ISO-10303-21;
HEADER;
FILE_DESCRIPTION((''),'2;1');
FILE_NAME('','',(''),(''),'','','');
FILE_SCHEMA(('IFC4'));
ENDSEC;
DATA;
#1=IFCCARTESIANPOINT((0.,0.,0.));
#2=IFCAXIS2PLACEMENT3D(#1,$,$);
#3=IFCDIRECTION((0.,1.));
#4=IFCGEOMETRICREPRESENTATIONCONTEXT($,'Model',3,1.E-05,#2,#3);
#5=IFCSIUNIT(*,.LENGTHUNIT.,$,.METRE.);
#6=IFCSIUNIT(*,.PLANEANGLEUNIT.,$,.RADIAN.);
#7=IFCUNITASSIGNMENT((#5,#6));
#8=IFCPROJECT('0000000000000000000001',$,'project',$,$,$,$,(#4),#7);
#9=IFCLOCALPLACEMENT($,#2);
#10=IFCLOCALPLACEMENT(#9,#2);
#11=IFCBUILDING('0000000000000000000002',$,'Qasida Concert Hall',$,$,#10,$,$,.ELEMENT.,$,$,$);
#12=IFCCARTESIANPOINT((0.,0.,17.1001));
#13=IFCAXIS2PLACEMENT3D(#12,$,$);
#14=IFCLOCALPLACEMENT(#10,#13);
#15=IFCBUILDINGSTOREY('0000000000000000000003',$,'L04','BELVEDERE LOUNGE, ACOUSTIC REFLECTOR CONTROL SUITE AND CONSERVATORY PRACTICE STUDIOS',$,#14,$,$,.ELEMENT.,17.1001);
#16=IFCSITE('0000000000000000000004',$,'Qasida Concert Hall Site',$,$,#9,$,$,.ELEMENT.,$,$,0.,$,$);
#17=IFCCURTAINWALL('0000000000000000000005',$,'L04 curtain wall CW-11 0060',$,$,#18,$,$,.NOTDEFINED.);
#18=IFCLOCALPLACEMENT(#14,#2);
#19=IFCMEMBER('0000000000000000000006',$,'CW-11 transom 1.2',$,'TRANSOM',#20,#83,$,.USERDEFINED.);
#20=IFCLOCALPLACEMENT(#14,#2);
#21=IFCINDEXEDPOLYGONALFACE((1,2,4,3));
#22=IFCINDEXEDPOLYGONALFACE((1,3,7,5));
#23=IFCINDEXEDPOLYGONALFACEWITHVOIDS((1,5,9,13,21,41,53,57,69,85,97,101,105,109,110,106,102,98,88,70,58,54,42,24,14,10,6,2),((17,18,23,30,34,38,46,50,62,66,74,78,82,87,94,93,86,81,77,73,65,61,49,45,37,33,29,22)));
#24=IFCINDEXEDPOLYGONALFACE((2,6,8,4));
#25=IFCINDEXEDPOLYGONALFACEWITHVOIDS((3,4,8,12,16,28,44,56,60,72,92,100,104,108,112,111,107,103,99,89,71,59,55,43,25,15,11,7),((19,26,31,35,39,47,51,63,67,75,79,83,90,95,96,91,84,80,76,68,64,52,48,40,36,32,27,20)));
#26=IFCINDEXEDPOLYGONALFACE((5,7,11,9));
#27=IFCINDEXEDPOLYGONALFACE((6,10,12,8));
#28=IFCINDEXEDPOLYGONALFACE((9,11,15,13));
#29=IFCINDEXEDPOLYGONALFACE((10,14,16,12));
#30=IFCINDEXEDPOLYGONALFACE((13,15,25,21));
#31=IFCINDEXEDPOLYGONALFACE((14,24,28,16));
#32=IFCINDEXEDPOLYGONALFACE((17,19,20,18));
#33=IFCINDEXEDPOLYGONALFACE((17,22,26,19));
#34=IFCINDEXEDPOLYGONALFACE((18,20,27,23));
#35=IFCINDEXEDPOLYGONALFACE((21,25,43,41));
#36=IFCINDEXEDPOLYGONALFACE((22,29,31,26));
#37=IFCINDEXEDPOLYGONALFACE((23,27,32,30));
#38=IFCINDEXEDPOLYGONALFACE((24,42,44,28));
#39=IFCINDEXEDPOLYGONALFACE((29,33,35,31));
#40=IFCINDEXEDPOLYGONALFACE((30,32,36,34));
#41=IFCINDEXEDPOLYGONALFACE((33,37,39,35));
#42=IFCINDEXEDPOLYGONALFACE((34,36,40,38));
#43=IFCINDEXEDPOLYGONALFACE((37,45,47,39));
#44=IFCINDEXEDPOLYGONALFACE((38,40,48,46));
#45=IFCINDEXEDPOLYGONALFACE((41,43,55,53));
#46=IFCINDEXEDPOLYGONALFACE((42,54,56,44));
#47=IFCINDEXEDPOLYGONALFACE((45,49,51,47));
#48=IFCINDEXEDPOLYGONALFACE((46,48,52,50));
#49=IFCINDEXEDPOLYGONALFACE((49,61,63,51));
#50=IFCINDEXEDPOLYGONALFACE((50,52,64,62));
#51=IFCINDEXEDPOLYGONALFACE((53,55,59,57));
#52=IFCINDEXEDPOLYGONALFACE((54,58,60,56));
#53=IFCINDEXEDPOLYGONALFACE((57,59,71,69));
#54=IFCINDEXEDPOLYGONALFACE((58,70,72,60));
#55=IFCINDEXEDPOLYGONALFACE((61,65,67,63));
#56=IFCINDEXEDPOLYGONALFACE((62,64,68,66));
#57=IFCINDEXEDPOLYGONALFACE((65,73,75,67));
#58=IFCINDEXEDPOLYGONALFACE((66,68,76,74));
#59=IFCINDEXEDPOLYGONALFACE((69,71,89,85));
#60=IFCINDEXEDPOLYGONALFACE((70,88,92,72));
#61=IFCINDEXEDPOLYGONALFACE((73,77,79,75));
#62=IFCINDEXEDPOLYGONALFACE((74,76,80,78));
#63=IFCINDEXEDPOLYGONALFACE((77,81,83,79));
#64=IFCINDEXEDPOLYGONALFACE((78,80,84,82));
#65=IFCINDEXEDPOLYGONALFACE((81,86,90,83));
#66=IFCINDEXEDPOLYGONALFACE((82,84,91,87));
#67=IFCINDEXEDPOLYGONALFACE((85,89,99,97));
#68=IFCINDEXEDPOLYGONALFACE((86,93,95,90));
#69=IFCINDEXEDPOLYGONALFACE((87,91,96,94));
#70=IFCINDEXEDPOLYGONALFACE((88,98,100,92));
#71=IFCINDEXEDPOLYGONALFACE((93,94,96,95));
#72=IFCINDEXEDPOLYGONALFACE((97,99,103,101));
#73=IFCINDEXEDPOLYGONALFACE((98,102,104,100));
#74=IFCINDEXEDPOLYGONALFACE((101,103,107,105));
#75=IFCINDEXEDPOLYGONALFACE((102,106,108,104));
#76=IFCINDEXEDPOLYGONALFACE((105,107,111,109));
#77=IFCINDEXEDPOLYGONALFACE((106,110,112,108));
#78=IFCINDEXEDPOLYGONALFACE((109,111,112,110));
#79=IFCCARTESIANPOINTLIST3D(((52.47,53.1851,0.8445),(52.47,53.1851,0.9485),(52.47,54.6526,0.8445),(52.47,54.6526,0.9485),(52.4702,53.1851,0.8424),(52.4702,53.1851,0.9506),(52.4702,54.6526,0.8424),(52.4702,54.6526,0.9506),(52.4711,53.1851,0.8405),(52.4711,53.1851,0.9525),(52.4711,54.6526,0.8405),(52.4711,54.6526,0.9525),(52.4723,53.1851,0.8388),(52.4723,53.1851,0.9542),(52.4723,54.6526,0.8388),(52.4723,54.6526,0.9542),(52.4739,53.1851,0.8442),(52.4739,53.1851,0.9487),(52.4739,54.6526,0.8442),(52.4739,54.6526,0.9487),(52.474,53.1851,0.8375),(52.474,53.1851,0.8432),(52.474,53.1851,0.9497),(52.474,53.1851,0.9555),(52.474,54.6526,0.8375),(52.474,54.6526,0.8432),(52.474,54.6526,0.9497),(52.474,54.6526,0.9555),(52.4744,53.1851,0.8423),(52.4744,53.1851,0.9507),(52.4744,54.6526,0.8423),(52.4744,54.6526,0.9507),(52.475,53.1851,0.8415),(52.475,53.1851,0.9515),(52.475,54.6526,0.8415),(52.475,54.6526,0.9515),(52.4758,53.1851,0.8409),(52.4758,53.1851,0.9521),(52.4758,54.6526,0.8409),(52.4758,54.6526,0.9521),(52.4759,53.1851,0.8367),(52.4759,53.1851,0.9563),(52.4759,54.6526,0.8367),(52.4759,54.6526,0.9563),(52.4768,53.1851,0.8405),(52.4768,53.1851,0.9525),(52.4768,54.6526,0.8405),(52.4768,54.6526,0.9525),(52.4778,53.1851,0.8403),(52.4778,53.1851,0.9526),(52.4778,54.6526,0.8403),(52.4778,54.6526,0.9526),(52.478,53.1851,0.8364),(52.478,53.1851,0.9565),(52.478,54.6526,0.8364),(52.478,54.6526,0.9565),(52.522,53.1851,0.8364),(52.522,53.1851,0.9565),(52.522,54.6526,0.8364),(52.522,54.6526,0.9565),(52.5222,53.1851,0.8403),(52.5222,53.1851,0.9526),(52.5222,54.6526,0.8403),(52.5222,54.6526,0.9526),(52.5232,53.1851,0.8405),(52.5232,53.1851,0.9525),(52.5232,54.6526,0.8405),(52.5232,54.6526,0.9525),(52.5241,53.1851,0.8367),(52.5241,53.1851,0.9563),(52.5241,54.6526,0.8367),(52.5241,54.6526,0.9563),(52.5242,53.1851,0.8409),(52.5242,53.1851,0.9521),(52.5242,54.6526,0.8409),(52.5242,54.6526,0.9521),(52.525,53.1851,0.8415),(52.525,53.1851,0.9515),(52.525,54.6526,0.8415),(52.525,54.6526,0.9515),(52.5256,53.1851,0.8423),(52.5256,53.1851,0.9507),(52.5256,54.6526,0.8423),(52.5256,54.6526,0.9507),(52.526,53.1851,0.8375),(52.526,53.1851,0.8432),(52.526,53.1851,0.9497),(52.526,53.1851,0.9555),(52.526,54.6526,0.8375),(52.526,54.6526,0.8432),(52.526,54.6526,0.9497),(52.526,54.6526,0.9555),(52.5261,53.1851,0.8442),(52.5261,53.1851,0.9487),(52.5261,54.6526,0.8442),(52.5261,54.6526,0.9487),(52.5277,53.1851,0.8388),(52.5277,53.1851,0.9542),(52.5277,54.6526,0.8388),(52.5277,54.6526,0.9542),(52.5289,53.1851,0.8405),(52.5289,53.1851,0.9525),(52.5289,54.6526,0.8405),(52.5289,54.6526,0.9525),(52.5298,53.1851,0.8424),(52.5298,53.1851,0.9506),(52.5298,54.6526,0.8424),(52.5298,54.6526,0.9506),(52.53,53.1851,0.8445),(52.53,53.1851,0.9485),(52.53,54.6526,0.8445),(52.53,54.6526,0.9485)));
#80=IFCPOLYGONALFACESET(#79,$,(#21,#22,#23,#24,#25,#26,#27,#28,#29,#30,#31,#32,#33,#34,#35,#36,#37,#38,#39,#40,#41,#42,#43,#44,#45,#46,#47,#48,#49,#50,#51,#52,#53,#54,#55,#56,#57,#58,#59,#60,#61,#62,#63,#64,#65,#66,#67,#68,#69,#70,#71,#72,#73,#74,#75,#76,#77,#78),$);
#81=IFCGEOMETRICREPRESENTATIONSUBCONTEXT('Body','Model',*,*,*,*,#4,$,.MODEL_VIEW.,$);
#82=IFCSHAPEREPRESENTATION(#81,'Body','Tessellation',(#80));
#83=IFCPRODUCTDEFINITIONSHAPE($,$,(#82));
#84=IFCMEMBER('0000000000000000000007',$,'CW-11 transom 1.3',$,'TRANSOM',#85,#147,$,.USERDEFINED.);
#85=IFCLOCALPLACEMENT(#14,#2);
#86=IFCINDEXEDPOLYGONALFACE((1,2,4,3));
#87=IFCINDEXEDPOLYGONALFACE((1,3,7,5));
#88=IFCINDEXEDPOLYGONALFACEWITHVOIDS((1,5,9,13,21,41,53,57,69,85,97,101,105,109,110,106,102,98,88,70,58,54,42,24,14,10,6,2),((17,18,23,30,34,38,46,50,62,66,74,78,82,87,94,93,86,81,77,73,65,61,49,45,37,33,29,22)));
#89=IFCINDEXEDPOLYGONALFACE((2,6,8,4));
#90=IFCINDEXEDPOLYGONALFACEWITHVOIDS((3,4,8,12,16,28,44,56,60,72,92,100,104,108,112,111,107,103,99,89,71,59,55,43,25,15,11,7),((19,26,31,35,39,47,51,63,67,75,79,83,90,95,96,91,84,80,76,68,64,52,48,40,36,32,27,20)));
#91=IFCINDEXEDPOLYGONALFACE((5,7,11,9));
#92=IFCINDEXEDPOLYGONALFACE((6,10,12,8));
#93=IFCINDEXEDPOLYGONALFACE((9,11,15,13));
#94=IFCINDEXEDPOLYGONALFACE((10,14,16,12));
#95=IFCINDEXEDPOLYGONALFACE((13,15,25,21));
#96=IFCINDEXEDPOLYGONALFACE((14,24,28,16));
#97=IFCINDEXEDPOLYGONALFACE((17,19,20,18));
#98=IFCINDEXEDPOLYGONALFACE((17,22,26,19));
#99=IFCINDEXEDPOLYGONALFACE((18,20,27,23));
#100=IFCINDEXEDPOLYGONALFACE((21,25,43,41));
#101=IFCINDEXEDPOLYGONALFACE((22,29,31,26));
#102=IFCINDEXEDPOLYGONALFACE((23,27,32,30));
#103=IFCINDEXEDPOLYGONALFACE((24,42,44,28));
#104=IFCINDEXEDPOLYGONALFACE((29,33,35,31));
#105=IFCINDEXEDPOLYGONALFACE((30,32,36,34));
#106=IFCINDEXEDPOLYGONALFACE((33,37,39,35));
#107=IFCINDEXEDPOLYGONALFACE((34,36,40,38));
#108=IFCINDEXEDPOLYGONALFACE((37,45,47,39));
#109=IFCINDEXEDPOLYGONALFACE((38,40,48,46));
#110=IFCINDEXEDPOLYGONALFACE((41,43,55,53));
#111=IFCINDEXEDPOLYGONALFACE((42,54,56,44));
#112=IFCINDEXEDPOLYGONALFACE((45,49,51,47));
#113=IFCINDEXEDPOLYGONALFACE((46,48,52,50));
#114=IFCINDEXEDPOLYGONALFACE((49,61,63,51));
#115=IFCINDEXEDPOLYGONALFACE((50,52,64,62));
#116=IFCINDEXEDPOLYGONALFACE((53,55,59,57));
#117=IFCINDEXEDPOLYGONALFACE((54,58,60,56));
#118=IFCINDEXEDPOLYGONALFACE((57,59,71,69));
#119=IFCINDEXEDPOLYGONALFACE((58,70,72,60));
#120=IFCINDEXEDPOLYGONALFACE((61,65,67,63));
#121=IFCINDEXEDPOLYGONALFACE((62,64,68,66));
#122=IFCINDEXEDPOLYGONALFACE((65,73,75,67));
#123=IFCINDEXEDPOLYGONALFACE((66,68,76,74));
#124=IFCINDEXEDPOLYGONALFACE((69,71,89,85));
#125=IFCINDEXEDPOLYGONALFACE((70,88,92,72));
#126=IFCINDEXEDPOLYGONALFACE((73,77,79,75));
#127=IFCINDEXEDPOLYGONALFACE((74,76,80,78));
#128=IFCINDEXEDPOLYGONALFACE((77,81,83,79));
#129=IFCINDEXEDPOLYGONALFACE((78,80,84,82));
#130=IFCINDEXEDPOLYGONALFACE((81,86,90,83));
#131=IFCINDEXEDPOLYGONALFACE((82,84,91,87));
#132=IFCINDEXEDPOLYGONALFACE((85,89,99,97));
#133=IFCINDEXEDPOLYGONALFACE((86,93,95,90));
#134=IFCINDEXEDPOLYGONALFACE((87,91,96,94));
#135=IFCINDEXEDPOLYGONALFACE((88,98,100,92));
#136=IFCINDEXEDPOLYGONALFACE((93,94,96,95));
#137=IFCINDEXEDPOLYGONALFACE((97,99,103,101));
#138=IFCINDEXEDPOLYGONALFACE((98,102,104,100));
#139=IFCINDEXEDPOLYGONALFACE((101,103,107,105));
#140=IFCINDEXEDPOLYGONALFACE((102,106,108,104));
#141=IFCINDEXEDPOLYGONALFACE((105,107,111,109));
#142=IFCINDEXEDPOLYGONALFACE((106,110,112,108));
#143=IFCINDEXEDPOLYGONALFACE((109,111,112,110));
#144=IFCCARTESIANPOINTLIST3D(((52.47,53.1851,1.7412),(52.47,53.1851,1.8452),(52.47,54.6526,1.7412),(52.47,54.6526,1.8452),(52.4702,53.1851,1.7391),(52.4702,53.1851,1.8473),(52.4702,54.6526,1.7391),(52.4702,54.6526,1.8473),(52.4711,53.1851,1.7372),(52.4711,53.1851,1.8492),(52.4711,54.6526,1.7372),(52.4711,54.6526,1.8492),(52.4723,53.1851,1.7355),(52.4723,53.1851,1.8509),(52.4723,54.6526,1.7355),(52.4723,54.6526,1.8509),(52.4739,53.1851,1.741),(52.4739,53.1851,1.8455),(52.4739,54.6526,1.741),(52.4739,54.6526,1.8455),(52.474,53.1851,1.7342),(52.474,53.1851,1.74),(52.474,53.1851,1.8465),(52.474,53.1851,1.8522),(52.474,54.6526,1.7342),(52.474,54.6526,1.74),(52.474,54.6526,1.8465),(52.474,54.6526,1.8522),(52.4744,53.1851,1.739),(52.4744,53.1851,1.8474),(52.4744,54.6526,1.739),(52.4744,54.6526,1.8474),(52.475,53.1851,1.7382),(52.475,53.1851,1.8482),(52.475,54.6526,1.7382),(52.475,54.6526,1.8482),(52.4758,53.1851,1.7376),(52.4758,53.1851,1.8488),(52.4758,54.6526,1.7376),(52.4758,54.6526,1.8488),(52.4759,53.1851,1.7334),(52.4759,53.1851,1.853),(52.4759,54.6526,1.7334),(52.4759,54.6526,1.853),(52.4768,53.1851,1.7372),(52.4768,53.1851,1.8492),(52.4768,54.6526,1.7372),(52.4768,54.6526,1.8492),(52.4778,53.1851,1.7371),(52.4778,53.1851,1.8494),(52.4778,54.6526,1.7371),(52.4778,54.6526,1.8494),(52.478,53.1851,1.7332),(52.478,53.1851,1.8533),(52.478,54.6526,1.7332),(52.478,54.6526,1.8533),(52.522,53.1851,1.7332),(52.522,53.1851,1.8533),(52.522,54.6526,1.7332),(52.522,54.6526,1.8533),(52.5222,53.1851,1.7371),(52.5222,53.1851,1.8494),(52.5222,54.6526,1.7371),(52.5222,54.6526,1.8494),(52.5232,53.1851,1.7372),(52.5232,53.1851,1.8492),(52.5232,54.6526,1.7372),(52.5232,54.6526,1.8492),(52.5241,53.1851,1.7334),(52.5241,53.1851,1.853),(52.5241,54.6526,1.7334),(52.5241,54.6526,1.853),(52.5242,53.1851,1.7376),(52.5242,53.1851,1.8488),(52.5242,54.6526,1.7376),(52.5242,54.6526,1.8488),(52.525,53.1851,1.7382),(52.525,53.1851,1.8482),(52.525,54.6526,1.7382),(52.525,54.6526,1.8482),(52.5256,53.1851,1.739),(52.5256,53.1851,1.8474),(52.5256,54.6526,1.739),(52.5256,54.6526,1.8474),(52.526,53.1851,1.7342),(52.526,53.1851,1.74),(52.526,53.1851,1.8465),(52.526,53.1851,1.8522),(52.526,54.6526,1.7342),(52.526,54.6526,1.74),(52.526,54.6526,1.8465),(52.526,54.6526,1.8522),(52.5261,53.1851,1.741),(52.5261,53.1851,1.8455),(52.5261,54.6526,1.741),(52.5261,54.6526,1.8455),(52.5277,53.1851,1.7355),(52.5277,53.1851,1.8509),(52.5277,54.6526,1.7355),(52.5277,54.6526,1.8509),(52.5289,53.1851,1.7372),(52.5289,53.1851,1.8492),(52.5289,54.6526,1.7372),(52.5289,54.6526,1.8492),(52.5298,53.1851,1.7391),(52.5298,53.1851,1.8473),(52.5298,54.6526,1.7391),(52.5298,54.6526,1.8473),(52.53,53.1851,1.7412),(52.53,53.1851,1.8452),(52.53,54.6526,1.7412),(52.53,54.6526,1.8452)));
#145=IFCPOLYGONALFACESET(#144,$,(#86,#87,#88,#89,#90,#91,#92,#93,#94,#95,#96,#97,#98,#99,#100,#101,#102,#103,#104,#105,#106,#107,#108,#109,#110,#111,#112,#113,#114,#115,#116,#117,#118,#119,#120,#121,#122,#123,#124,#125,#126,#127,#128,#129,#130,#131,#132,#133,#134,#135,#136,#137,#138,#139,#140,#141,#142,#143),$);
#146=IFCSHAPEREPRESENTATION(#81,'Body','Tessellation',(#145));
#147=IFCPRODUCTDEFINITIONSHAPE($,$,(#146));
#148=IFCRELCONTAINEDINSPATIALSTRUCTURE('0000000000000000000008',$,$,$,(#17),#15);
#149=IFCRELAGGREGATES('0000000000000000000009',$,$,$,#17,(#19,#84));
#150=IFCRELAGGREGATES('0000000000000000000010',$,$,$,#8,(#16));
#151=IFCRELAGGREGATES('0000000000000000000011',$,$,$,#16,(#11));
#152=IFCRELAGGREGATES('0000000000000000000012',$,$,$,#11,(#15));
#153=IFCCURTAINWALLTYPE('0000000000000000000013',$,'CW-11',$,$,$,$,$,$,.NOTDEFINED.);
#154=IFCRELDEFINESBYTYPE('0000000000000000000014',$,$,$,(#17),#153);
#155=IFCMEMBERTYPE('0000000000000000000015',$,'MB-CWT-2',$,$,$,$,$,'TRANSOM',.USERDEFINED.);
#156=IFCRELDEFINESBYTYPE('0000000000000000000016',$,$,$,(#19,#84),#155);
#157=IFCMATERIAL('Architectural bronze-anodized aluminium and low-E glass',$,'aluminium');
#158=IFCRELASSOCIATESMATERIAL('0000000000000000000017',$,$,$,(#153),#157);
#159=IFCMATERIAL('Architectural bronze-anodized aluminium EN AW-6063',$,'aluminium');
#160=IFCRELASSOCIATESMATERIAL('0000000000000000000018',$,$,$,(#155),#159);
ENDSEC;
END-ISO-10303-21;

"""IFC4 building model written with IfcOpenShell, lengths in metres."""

from ifc_helpers import new_model, si_unit, direction, frame, origin, origin_2d, place, context, subcontext, project, spatial, hollow_rectangle, extrude, material, material_profile, profile_set, type_object, element, aggregate, save


model = new_model("IFC4")

# Units and contexts
model_context = context("Model", 3, precision=1e-05, world=origin(), true_north=direction((0.0, 1.0)))
body_context = subcontext(model_context, "Body", "Model", "MODEL_VIEW")
ifc_project = project(units=[si_unit("LENGTHUNIT", "METRE"), si_unit("PLANEANGLEUNIT", "RADIAN")], contexts=[model_context])

# Site, building, storey
site_placement = place(None, origin())
site = spatial("IfcSite", under=ifc_project, at=site_placement, Name="Qasida Concert Hall Site", CompositionType="ELEMENT", RefElevation=0.0)
building_placement = place(site_placement, origin())
building = spatial("IfcBuilding", under=site, at=building_placement, Name="Qasida Concert Hall", CompositionType="ELEMENT")
storey_placement = place(building_placement, frame((0.0, 0.0, 17.1001)))
storey = spatial("IfcBuildingStorey", under=building, at=storey_placement, Name="L04", Description="BELVEDERE LOUNGE, ACOUSTIC REFLECTOR CONTROL SUITE AND CONSERVATORY PRACTICE STUDIOS", CompositionType="ELEMENT", Elevation=17.1001)

# Curtain wall, members
ifc_material_1 = material(Name="Architectural bronze-anodized aluminium and low-E glass", Category="aluminium")
curtain_wall_type = type_object("IfcCurtainWallType", Name="CW-11", PredefinedType="NOTDEFINED", material=ifc_material_1)
curtain_wall_placement = place(storey_placement, origin())
curtain_wall = element("IfcCurtainWall", 1, at=curtain_wall_placement, inside=storey, type_object=curtain_wall_type, Name="L04 curtain wall CW-11 0060", PredefinedType="NOTDEFINED")
ifc_material_2 = material(Name="Architectural bronze-anodized aluminium EN AW-6063", Category="aluminium")
ifc_material_profile_1 = material_profile(ifc_material_2, hollow_rectangle(XDim=0.0601, YDim=0.1201, WallThickness=0.0039, InnerFilletRadius=0.0039, OuterFilletRadius=0.0081, at=origin_2d()), Name="CWT 120x60x4")
ifc_profile_set_1 = profile_set([ifc_material_profile_1], Name="Architectural bronze-anodized aluminium EN AW-6063")
member_type_1 = type_object("IfcMemberType", Name="MB-CWT-2", ElementType="TRANSOM", PredefinedType="USERDEFINED", material=ifc_profile_set_1)
member_1_placement = place(storey_placement, frame((52.5, 53.1851, 0.8965), z_axis=(0.0, 1.0, 0.0), x_axis=(-1.0, 0.0, 0.0)))
member_1 = element("IfcMember", 2, at=member_1_placement, type_object=member_type_1, Name="CW-11 transom 1.2", ObjectType="TRANSOM", PredefinedType="USERDEFINED", context=body_context, shape_type="SweptSolid", body=[
    extrude(hollow_rectangle(XDim=0.0601, YDim=0.1201, WallThickness=0.0039, InnerFilletRadius=0.0039, OuterFilletRadius=0.0081, at=origin_2d()), origin(), (0.0, 0.0, 1.0), 1.4675),
])
member_2_placement = place(storey_placement, frame((52.5, 53.1851, 1.7932), z_axis=(0.0, 1.0, 0.0), x_axis=(-1.0, 0.0, 0.0)))
member_2 = element("IfcMember", 3, at=member_2_placement, type_object=member_type_1, Name="CW-11 transom 1.3", ObjectType="TRANSOM", PredefinedType="USERDEFINED", context=body_context, shape_type="SweptSolid", body=[
    extrude(hollow_rectangle(XDim=0.0601, YDim=0.1201, WallThickness=0.0039, InnerFilletRadius=0.0039, OuterFilletRadius=0.0081, at=origin_2d()), origin(), (0.0, 0.0, 1.0), 1.4675),
])
aggregate(curtain_wall, [member_1, member_2])

save(model, "model.ifc")
